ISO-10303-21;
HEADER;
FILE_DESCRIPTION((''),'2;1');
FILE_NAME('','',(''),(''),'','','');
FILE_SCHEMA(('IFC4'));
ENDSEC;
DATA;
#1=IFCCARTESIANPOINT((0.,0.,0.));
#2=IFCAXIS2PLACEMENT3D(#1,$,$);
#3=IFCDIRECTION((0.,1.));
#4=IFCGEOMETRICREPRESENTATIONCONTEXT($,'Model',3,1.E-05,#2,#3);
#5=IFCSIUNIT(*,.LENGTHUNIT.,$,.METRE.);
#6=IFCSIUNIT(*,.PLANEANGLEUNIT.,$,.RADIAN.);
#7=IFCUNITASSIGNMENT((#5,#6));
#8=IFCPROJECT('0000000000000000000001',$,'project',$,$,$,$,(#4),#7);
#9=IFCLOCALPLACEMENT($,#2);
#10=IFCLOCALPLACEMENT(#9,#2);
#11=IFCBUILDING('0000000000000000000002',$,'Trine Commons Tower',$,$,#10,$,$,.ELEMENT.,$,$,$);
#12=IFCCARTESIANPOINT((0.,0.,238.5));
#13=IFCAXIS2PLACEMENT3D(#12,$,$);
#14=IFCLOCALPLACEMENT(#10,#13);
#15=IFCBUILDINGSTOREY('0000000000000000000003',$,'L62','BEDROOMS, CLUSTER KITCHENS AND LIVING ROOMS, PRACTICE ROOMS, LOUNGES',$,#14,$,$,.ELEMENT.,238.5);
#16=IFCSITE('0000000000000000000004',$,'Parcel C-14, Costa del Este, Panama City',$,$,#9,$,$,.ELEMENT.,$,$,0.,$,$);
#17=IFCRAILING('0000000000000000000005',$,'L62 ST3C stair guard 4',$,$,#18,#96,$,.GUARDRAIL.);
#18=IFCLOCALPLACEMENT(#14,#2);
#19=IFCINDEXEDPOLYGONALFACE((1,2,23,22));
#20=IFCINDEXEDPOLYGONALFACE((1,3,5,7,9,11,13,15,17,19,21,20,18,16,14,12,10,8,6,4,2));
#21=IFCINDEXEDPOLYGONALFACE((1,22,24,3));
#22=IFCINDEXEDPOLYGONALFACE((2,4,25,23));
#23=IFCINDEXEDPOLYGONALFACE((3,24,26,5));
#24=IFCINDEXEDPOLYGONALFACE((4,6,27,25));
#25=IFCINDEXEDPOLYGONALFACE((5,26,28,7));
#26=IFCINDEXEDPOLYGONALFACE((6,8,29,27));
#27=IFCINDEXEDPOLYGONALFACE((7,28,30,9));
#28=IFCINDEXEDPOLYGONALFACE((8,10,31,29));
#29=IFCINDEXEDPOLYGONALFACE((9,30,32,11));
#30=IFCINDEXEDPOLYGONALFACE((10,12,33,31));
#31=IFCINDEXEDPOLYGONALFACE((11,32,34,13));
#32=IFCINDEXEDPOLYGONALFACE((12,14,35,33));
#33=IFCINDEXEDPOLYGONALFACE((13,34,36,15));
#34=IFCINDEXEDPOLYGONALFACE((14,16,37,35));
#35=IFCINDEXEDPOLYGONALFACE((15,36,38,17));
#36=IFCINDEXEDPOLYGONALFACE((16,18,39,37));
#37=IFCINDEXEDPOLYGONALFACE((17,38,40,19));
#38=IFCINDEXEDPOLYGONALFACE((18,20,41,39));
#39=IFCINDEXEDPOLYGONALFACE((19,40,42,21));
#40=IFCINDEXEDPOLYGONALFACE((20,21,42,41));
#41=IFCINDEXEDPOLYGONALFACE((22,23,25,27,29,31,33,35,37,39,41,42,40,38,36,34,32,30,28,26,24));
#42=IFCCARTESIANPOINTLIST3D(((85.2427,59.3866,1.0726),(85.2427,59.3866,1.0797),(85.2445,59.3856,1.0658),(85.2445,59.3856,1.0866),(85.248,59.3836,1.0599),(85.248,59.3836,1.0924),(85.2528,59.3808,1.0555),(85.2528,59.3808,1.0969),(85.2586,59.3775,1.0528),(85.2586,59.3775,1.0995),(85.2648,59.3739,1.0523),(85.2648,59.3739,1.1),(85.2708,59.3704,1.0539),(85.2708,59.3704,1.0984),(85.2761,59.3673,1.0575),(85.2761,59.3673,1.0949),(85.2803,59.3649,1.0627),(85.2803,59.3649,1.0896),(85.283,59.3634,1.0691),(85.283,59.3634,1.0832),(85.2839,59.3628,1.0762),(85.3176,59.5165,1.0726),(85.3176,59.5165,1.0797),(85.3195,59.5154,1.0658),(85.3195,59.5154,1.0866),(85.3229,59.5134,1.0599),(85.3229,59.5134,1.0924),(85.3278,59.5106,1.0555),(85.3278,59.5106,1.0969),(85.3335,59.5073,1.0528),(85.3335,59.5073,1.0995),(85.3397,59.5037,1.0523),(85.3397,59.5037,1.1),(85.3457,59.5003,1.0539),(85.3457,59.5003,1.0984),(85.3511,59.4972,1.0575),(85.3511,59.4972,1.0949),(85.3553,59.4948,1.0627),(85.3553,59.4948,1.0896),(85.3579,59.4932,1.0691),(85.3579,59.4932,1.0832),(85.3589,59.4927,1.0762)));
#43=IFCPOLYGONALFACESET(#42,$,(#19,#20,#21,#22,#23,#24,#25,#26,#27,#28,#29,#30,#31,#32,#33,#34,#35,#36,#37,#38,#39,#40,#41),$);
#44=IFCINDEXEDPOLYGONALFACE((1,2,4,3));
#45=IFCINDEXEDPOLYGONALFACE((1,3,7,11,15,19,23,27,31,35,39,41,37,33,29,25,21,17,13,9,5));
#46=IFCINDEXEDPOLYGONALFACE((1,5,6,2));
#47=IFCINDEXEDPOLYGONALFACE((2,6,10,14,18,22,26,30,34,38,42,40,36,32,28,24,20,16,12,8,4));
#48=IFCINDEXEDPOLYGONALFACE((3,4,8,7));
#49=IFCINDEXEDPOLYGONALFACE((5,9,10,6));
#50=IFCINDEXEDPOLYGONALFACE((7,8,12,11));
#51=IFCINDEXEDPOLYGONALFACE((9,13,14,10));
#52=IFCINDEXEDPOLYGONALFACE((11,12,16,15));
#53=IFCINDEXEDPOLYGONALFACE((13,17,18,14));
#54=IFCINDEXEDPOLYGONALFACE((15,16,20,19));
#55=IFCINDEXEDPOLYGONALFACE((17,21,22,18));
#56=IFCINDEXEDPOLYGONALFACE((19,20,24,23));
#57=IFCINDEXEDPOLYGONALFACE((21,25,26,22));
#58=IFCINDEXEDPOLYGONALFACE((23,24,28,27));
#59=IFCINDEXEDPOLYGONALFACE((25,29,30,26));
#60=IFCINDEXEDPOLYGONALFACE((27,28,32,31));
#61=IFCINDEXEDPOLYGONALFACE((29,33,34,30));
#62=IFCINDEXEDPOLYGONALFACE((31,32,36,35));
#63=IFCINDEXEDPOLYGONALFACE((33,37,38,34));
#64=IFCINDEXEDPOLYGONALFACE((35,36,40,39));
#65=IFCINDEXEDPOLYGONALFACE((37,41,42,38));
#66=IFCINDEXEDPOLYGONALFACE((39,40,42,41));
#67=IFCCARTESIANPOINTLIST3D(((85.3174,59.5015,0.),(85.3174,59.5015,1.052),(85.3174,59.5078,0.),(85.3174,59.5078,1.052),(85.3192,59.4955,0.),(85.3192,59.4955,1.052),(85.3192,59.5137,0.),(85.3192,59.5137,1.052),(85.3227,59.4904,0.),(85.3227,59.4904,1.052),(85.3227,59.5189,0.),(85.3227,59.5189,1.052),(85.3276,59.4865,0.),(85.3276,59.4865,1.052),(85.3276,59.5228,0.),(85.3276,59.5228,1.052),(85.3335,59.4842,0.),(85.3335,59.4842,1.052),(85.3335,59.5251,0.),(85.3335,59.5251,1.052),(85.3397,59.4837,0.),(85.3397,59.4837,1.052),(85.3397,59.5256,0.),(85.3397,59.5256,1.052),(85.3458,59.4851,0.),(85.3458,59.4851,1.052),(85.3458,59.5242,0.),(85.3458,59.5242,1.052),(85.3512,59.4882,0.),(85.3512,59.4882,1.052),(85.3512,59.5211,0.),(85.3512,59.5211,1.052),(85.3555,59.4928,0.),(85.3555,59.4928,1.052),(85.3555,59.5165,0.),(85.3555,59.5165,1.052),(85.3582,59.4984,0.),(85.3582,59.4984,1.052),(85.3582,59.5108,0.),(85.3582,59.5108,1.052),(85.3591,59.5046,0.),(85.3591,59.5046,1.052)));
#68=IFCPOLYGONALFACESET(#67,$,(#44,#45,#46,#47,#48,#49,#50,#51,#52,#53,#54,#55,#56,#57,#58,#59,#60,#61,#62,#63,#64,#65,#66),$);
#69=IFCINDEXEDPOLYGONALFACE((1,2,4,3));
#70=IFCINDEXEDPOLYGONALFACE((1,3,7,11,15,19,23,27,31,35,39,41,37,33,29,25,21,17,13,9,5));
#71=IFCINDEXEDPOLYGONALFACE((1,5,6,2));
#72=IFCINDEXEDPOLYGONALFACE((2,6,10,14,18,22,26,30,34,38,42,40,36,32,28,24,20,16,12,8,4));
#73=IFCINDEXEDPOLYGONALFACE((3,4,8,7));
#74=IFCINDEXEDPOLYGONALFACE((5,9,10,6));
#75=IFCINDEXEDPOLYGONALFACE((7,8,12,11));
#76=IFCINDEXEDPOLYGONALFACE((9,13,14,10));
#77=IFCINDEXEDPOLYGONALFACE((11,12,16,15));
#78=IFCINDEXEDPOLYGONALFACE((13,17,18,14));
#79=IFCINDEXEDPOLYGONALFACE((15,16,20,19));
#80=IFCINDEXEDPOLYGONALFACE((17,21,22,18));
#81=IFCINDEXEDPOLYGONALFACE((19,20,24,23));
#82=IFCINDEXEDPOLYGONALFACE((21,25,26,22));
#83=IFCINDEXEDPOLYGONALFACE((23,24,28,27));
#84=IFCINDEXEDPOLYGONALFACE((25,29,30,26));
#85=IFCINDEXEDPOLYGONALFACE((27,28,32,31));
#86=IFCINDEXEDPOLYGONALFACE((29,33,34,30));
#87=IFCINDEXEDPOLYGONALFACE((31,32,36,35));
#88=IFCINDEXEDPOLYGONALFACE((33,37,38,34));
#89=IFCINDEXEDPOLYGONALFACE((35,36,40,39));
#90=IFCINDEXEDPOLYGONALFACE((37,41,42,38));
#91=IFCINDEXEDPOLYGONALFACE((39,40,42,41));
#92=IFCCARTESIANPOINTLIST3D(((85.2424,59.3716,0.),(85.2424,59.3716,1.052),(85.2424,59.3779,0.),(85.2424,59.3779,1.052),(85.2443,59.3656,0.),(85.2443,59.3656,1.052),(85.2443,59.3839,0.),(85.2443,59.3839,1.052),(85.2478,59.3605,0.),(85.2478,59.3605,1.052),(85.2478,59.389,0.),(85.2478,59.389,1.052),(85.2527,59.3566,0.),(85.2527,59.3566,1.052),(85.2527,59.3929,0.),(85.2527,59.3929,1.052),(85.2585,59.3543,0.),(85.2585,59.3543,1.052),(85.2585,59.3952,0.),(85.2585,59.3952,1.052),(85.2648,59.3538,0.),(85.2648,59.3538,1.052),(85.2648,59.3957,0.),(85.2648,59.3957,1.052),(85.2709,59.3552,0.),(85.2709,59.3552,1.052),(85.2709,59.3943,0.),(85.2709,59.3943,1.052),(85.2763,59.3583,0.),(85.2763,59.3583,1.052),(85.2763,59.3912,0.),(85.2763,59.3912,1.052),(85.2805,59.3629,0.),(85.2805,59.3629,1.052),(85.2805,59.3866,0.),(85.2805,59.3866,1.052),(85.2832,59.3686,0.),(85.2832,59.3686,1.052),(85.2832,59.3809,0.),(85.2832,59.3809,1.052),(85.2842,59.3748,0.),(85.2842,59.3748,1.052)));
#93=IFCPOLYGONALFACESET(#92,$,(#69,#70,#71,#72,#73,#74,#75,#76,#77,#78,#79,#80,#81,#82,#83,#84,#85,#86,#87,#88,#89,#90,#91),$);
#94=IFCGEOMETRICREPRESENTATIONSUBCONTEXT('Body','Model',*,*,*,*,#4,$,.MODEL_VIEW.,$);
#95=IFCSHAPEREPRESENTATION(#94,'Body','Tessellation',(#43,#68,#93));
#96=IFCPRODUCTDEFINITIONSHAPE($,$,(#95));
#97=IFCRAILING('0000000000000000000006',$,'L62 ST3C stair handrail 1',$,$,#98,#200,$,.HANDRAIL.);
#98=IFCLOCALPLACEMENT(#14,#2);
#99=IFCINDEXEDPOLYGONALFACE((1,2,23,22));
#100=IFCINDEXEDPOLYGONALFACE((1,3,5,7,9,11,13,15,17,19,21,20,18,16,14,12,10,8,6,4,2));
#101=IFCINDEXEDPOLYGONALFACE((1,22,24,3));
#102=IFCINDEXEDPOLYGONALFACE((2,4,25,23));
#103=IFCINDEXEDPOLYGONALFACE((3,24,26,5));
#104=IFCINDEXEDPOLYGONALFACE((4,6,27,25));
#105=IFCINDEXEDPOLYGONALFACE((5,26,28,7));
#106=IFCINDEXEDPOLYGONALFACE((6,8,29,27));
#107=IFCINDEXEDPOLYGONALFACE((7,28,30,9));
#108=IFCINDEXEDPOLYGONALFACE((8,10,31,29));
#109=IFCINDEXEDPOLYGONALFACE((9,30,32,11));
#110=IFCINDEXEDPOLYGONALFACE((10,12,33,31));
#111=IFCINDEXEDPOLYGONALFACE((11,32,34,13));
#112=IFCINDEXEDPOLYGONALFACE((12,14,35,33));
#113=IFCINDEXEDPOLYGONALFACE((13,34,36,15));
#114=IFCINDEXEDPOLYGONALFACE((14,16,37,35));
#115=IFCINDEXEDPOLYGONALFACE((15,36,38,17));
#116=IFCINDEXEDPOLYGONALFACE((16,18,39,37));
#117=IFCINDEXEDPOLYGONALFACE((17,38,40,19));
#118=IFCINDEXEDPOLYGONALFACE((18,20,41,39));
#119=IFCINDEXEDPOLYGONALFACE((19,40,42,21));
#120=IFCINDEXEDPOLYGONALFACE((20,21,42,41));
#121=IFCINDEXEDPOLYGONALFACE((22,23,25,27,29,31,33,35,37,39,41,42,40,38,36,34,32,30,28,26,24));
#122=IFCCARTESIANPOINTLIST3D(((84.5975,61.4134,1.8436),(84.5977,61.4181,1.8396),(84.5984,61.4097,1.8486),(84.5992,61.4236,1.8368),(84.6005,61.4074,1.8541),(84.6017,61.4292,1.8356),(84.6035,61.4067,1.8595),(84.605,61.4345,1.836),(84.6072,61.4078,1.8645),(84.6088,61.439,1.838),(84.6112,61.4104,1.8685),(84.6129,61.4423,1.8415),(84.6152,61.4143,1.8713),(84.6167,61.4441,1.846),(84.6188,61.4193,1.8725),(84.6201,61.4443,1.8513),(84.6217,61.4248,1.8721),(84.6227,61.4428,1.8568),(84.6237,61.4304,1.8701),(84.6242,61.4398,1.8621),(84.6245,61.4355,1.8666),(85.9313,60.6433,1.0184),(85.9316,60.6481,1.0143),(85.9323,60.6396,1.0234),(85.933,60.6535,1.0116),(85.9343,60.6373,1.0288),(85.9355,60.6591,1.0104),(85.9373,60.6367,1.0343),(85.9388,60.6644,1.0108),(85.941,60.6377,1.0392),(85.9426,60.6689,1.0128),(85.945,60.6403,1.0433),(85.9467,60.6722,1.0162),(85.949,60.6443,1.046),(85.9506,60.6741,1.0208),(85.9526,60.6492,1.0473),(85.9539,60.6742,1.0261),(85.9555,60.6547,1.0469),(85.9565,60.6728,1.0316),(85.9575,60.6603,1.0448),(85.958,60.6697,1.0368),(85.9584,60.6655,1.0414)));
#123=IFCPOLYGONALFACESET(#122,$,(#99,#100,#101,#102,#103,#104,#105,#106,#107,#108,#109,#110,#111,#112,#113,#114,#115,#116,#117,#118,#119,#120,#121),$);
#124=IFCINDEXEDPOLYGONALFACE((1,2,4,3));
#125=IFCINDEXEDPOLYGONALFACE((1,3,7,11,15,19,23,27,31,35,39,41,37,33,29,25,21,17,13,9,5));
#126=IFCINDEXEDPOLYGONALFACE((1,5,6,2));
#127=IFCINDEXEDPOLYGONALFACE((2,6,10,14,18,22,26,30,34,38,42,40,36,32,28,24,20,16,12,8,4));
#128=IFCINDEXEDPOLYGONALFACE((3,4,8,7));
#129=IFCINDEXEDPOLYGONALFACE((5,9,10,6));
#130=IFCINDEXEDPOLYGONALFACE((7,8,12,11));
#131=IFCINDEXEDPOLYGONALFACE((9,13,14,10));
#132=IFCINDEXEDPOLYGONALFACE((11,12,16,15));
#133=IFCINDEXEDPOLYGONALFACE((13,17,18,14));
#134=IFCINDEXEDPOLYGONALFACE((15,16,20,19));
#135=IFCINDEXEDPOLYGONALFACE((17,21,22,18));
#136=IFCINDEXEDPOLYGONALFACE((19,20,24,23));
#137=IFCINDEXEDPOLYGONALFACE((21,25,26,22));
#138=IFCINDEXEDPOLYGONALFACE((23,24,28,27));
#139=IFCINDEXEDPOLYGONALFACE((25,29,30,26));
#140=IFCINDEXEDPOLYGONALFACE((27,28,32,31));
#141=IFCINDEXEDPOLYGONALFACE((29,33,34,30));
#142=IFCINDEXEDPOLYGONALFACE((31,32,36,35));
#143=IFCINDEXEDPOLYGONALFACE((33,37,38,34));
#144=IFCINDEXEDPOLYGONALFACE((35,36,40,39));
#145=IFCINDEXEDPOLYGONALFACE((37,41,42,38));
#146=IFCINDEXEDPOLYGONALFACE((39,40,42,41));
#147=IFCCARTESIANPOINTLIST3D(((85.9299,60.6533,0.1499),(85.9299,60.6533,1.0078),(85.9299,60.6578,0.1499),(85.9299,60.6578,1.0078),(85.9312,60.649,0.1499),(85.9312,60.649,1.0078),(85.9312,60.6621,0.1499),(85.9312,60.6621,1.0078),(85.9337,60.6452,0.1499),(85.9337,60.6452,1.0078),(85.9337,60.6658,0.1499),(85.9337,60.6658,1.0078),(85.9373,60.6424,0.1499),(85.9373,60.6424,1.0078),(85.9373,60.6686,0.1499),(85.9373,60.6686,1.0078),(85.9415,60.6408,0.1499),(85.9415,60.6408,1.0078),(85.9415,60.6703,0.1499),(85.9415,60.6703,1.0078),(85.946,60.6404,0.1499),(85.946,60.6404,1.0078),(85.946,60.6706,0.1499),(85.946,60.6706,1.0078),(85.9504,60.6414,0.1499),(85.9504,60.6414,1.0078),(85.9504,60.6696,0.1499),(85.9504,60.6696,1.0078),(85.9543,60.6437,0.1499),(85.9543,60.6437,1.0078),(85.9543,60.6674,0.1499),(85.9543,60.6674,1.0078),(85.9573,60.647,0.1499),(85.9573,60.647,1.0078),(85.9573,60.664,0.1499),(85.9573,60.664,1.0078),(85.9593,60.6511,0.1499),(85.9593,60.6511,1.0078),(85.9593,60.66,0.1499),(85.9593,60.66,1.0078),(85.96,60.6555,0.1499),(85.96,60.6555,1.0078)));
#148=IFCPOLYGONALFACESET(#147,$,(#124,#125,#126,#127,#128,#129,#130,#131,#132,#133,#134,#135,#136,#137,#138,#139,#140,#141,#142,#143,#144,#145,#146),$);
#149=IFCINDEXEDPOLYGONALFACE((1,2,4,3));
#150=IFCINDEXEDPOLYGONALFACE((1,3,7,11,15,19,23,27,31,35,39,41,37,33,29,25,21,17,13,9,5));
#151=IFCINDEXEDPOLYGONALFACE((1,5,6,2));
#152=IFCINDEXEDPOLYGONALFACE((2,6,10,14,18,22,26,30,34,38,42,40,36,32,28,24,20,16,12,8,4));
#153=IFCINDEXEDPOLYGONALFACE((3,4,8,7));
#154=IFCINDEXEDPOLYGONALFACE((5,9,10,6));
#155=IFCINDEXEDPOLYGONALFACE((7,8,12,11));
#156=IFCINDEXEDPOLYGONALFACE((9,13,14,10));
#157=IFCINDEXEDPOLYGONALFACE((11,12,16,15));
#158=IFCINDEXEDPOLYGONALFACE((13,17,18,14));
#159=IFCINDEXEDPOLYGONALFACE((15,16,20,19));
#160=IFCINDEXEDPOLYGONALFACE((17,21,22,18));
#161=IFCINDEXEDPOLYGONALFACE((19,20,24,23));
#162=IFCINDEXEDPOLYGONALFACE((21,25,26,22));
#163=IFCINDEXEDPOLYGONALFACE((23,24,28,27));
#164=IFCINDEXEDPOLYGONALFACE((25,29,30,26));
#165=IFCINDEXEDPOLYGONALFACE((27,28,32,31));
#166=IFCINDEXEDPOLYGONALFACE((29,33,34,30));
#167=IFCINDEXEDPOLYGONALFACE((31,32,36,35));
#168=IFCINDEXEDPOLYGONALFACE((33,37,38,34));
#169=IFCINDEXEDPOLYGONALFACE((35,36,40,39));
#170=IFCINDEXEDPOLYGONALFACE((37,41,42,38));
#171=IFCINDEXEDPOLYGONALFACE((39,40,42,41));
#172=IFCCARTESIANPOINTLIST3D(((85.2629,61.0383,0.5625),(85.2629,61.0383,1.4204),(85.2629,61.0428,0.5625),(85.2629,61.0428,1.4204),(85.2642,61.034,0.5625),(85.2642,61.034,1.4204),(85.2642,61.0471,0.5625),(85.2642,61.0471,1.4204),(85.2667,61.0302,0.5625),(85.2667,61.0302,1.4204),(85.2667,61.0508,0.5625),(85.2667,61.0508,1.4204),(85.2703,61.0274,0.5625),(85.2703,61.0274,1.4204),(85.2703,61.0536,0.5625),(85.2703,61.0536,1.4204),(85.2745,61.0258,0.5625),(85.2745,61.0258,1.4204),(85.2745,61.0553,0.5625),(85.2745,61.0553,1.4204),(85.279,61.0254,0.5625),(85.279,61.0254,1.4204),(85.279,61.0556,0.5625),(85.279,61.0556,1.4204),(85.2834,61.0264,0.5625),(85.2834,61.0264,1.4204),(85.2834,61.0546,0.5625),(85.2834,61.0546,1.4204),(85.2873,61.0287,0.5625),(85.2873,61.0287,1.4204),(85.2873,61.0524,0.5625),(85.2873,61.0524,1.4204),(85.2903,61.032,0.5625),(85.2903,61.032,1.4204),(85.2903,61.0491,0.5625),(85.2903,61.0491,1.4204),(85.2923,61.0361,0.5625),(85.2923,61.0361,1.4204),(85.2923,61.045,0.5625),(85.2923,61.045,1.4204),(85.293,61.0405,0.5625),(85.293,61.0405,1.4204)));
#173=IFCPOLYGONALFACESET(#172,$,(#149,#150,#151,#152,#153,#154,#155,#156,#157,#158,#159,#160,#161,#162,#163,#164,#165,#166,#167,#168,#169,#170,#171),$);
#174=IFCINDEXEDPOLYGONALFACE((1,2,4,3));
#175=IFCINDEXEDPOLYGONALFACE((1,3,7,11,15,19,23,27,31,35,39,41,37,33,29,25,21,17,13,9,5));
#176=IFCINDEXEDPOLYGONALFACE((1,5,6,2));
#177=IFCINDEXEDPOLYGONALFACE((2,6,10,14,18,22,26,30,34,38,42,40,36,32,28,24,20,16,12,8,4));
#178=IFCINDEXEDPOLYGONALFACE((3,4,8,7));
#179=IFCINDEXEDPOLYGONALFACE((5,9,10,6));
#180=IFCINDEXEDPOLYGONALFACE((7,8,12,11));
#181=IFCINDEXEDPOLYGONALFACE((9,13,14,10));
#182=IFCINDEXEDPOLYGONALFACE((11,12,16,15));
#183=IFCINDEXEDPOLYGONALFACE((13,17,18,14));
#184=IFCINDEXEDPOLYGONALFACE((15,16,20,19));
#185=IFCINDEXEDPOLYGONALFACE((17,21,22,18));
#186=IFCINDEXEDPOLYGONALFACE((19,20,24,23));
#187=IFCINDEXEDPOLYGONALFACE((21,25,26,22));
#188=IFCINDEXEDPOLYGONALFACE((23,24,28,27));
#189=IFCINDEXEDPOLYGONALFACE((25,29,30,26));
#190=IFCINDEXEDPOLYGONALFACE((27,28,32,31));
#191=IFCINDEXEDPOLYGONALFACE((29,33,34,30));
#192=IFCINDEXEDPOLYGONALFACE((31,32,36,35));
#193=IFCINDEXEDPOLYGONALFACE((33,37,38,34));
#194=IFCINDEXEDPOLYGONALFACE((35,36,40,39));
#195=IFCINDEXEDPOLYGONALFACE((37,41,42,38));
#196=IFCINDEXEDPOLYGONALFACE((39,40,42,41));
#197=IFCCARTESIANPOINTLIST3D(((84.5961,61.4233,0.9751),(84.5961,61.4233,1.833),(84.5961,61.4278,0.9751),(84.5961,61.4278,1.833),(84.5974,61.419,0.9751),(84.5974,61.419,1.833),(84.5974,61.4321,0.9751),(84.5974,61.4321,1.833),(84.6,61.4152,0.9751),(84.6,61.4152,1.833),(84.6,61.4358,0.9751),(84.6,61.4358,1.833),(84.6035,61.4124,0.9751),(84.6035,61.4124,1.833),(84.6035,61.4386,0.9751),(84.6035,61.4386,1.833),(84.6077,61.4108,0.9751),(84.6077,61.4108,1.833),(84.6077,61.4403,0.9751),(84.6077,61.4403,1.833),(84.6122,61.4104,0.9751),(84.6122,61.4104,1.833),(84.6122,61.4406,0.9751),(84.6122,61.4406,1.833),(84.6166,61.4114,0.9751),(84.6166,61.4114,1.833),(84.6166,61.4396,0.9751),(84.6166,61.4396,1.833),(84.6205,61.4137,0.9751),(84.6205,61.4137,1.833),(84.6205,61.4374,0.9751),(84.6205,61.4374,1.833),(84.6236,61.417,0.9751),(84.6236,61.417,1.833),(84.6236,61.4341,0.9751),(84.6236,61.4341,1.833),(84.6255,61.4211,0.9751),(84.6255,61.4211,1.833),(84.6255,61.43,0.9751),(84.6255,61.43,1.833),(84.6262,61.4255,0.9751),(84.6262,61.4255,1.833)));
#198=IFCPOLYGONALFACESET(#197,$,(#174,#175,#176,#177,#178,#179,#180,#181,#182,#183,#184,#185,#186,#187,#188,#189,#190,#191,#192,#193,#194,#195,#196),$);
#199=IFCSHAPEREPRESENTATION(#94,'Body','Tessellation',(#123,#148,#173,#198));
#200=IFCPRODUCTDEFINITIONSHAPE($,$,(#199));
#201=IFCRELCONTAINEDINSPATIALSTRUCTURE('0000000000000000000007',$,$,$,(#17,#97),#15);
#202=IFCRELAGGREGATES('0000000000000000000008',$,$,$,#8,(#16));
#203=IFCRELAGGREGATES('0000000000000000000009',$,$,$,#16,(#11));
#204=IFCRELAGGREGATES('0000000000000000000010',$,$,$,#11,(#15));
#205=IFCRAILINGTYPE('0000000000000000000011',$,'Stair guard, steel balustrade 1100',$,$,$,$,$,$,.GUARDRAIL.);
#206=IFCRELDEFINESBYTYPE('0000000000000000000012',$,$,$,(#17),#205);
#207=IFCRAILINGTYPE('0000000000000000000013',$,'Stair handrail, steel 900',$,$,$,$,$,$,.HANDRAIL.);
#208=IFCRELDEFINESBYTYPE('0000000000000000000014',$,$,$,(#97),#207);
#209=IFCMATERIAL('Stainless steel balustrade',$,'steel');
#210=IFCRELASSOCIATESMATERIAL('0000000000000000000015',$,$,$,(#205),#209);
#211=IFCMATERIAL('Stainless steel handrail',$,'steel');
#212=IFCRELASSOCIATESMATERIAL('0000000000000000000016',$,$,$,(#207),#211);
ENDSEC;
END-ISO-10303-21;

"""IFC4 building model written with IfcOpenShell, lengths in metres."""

from ifc_helpers import new_model, si_unit, direction, frame, origin, origin_2d, place, context, subcontext, project, spatial, circle, extrude, material, type_object, element, save


model = new_model("IFC4")

# Units and contexts
model_context = context("Model", 3, precision=1e-05, world=origin(), true_north=direction((0.0, 1.0)))
body_context = subcontext(model_context, "Body", "Model", "MODEL_VIEW")
ifc_project = project(units=[si_unit("LENGTHUNIT", "METRE"), si_unit("PLANEANGLEUNIT", "RADIAN")], contexts=[model_context])

# Site, building, storey
site_placement = place(None, origin())
site = spatial("IfcSite", under=ifc_project, at=site_placement, Name="Parcel C-14, Costa del Este, Panama City", CompositionType="ELEMENT", RefElevation=0.0)
building_placement = place(site_placement, origin())
building = spatial("IfcBuilding", under=site, at=building_placement, Name="Trine Commons Tower", CompositionType="ELEMENT")
storey_placement = place(building_placement, frame((0.0, 0.0, 238.5)))
storey = spatial("IfcBuildingStorey", under=building, at=storey_placement, Name="L62", Description="BEDROOMS, CLUSTER KITCHENS AND LIVING ROOMS, PRACTICE ROOMS, LOUNGES", CompositionType="ELEMENT", Elevation=238.5)

# Railings
ifc_material_1 = material(Name="Stainless steel balustrade", Category="steel")
railing_type_1 = type_object("IfcRailingType", Name="Stair guard, steel balustrade 1100", PredefinedType="GUARDRAIL", material=ifc_material_1)
railing_1_placement = place(storey_placement, frame((85.3381, 59.5046, 0.0)))
element("IfcRailing", 1, at=railing_1_placement, inside=storey, type_object=railing_type_1, Name="L62 ST3C stair guard 4", PredefinedType="GUARDRAIL", context=body_context, shape_type="SweptSolid", body=[
    extrude(circle(Radius=0.0239, at=origin_2d()), frame((0.0, 0.0, 1.0762), z_axis=(-0.499816, -0.866131, 0.0), x_axis=(0.866131, -0.499816, 0.0)), (0.0, 0.0, 1.0), 0.1499),
    extrude(circle(Radius=0.021, at=origin_2d()), origin(), (0.0, 0.0, 1.0), 1.052),
    extrude(circle(Radius=0.021, at=origin_2d()), frame((-0.075, -0.1299, 0.0)), (0.0, 0.0, 1.0), 1.052),
])
ifc_material_2 = material(Name="Stainless steel handrail", Category="steel")
railing_type_2 = type_object("IfcRailingType", Name="Stair handrail, steel 900", PredefinedType="HANDRAIL", material=ifc_material_2)
railing_2_placement = place(storey_placement, frame((85.9448, 60.6555, 0.1499)))
element("IfcRailing", 2, at=railing_2_placement, inside=storey, type_object=railing_type_2, Name="L62 ST3C stair handrail 1", PredefinedType="HANDRAIL", context=body_context, shape_type="SweptSolid", body=[
    extrude(circle(Radius=0.021, at=origin_2d()), frame((0.0, 0.0, 0.8789), z_axis=(-0.763355, 0.440714, 0.472293), x_axis=(-0.499992, -0.86603, 0.0)), (0.0, 0.0, 1.0), 1.7473),
    extrude(circle(Radius=0.0151, at=origin_2d()), origin(), (0.0, 0.0, 1.0), 0.8579),
    extrude(circle(Radius=0.0151, at=origin_2d()), frame((-0.667, 0.385, 0.4126)), (0.0, 0.0, 1.0), 0.8579),
    extrude(circle(Radius=0.0151, at=origin_2d()), frame((-1.3337, 0.77, 0.8252)), (0.0, 0.0, 1.0), 0.8579),
])

save(model, "model.ifc")
